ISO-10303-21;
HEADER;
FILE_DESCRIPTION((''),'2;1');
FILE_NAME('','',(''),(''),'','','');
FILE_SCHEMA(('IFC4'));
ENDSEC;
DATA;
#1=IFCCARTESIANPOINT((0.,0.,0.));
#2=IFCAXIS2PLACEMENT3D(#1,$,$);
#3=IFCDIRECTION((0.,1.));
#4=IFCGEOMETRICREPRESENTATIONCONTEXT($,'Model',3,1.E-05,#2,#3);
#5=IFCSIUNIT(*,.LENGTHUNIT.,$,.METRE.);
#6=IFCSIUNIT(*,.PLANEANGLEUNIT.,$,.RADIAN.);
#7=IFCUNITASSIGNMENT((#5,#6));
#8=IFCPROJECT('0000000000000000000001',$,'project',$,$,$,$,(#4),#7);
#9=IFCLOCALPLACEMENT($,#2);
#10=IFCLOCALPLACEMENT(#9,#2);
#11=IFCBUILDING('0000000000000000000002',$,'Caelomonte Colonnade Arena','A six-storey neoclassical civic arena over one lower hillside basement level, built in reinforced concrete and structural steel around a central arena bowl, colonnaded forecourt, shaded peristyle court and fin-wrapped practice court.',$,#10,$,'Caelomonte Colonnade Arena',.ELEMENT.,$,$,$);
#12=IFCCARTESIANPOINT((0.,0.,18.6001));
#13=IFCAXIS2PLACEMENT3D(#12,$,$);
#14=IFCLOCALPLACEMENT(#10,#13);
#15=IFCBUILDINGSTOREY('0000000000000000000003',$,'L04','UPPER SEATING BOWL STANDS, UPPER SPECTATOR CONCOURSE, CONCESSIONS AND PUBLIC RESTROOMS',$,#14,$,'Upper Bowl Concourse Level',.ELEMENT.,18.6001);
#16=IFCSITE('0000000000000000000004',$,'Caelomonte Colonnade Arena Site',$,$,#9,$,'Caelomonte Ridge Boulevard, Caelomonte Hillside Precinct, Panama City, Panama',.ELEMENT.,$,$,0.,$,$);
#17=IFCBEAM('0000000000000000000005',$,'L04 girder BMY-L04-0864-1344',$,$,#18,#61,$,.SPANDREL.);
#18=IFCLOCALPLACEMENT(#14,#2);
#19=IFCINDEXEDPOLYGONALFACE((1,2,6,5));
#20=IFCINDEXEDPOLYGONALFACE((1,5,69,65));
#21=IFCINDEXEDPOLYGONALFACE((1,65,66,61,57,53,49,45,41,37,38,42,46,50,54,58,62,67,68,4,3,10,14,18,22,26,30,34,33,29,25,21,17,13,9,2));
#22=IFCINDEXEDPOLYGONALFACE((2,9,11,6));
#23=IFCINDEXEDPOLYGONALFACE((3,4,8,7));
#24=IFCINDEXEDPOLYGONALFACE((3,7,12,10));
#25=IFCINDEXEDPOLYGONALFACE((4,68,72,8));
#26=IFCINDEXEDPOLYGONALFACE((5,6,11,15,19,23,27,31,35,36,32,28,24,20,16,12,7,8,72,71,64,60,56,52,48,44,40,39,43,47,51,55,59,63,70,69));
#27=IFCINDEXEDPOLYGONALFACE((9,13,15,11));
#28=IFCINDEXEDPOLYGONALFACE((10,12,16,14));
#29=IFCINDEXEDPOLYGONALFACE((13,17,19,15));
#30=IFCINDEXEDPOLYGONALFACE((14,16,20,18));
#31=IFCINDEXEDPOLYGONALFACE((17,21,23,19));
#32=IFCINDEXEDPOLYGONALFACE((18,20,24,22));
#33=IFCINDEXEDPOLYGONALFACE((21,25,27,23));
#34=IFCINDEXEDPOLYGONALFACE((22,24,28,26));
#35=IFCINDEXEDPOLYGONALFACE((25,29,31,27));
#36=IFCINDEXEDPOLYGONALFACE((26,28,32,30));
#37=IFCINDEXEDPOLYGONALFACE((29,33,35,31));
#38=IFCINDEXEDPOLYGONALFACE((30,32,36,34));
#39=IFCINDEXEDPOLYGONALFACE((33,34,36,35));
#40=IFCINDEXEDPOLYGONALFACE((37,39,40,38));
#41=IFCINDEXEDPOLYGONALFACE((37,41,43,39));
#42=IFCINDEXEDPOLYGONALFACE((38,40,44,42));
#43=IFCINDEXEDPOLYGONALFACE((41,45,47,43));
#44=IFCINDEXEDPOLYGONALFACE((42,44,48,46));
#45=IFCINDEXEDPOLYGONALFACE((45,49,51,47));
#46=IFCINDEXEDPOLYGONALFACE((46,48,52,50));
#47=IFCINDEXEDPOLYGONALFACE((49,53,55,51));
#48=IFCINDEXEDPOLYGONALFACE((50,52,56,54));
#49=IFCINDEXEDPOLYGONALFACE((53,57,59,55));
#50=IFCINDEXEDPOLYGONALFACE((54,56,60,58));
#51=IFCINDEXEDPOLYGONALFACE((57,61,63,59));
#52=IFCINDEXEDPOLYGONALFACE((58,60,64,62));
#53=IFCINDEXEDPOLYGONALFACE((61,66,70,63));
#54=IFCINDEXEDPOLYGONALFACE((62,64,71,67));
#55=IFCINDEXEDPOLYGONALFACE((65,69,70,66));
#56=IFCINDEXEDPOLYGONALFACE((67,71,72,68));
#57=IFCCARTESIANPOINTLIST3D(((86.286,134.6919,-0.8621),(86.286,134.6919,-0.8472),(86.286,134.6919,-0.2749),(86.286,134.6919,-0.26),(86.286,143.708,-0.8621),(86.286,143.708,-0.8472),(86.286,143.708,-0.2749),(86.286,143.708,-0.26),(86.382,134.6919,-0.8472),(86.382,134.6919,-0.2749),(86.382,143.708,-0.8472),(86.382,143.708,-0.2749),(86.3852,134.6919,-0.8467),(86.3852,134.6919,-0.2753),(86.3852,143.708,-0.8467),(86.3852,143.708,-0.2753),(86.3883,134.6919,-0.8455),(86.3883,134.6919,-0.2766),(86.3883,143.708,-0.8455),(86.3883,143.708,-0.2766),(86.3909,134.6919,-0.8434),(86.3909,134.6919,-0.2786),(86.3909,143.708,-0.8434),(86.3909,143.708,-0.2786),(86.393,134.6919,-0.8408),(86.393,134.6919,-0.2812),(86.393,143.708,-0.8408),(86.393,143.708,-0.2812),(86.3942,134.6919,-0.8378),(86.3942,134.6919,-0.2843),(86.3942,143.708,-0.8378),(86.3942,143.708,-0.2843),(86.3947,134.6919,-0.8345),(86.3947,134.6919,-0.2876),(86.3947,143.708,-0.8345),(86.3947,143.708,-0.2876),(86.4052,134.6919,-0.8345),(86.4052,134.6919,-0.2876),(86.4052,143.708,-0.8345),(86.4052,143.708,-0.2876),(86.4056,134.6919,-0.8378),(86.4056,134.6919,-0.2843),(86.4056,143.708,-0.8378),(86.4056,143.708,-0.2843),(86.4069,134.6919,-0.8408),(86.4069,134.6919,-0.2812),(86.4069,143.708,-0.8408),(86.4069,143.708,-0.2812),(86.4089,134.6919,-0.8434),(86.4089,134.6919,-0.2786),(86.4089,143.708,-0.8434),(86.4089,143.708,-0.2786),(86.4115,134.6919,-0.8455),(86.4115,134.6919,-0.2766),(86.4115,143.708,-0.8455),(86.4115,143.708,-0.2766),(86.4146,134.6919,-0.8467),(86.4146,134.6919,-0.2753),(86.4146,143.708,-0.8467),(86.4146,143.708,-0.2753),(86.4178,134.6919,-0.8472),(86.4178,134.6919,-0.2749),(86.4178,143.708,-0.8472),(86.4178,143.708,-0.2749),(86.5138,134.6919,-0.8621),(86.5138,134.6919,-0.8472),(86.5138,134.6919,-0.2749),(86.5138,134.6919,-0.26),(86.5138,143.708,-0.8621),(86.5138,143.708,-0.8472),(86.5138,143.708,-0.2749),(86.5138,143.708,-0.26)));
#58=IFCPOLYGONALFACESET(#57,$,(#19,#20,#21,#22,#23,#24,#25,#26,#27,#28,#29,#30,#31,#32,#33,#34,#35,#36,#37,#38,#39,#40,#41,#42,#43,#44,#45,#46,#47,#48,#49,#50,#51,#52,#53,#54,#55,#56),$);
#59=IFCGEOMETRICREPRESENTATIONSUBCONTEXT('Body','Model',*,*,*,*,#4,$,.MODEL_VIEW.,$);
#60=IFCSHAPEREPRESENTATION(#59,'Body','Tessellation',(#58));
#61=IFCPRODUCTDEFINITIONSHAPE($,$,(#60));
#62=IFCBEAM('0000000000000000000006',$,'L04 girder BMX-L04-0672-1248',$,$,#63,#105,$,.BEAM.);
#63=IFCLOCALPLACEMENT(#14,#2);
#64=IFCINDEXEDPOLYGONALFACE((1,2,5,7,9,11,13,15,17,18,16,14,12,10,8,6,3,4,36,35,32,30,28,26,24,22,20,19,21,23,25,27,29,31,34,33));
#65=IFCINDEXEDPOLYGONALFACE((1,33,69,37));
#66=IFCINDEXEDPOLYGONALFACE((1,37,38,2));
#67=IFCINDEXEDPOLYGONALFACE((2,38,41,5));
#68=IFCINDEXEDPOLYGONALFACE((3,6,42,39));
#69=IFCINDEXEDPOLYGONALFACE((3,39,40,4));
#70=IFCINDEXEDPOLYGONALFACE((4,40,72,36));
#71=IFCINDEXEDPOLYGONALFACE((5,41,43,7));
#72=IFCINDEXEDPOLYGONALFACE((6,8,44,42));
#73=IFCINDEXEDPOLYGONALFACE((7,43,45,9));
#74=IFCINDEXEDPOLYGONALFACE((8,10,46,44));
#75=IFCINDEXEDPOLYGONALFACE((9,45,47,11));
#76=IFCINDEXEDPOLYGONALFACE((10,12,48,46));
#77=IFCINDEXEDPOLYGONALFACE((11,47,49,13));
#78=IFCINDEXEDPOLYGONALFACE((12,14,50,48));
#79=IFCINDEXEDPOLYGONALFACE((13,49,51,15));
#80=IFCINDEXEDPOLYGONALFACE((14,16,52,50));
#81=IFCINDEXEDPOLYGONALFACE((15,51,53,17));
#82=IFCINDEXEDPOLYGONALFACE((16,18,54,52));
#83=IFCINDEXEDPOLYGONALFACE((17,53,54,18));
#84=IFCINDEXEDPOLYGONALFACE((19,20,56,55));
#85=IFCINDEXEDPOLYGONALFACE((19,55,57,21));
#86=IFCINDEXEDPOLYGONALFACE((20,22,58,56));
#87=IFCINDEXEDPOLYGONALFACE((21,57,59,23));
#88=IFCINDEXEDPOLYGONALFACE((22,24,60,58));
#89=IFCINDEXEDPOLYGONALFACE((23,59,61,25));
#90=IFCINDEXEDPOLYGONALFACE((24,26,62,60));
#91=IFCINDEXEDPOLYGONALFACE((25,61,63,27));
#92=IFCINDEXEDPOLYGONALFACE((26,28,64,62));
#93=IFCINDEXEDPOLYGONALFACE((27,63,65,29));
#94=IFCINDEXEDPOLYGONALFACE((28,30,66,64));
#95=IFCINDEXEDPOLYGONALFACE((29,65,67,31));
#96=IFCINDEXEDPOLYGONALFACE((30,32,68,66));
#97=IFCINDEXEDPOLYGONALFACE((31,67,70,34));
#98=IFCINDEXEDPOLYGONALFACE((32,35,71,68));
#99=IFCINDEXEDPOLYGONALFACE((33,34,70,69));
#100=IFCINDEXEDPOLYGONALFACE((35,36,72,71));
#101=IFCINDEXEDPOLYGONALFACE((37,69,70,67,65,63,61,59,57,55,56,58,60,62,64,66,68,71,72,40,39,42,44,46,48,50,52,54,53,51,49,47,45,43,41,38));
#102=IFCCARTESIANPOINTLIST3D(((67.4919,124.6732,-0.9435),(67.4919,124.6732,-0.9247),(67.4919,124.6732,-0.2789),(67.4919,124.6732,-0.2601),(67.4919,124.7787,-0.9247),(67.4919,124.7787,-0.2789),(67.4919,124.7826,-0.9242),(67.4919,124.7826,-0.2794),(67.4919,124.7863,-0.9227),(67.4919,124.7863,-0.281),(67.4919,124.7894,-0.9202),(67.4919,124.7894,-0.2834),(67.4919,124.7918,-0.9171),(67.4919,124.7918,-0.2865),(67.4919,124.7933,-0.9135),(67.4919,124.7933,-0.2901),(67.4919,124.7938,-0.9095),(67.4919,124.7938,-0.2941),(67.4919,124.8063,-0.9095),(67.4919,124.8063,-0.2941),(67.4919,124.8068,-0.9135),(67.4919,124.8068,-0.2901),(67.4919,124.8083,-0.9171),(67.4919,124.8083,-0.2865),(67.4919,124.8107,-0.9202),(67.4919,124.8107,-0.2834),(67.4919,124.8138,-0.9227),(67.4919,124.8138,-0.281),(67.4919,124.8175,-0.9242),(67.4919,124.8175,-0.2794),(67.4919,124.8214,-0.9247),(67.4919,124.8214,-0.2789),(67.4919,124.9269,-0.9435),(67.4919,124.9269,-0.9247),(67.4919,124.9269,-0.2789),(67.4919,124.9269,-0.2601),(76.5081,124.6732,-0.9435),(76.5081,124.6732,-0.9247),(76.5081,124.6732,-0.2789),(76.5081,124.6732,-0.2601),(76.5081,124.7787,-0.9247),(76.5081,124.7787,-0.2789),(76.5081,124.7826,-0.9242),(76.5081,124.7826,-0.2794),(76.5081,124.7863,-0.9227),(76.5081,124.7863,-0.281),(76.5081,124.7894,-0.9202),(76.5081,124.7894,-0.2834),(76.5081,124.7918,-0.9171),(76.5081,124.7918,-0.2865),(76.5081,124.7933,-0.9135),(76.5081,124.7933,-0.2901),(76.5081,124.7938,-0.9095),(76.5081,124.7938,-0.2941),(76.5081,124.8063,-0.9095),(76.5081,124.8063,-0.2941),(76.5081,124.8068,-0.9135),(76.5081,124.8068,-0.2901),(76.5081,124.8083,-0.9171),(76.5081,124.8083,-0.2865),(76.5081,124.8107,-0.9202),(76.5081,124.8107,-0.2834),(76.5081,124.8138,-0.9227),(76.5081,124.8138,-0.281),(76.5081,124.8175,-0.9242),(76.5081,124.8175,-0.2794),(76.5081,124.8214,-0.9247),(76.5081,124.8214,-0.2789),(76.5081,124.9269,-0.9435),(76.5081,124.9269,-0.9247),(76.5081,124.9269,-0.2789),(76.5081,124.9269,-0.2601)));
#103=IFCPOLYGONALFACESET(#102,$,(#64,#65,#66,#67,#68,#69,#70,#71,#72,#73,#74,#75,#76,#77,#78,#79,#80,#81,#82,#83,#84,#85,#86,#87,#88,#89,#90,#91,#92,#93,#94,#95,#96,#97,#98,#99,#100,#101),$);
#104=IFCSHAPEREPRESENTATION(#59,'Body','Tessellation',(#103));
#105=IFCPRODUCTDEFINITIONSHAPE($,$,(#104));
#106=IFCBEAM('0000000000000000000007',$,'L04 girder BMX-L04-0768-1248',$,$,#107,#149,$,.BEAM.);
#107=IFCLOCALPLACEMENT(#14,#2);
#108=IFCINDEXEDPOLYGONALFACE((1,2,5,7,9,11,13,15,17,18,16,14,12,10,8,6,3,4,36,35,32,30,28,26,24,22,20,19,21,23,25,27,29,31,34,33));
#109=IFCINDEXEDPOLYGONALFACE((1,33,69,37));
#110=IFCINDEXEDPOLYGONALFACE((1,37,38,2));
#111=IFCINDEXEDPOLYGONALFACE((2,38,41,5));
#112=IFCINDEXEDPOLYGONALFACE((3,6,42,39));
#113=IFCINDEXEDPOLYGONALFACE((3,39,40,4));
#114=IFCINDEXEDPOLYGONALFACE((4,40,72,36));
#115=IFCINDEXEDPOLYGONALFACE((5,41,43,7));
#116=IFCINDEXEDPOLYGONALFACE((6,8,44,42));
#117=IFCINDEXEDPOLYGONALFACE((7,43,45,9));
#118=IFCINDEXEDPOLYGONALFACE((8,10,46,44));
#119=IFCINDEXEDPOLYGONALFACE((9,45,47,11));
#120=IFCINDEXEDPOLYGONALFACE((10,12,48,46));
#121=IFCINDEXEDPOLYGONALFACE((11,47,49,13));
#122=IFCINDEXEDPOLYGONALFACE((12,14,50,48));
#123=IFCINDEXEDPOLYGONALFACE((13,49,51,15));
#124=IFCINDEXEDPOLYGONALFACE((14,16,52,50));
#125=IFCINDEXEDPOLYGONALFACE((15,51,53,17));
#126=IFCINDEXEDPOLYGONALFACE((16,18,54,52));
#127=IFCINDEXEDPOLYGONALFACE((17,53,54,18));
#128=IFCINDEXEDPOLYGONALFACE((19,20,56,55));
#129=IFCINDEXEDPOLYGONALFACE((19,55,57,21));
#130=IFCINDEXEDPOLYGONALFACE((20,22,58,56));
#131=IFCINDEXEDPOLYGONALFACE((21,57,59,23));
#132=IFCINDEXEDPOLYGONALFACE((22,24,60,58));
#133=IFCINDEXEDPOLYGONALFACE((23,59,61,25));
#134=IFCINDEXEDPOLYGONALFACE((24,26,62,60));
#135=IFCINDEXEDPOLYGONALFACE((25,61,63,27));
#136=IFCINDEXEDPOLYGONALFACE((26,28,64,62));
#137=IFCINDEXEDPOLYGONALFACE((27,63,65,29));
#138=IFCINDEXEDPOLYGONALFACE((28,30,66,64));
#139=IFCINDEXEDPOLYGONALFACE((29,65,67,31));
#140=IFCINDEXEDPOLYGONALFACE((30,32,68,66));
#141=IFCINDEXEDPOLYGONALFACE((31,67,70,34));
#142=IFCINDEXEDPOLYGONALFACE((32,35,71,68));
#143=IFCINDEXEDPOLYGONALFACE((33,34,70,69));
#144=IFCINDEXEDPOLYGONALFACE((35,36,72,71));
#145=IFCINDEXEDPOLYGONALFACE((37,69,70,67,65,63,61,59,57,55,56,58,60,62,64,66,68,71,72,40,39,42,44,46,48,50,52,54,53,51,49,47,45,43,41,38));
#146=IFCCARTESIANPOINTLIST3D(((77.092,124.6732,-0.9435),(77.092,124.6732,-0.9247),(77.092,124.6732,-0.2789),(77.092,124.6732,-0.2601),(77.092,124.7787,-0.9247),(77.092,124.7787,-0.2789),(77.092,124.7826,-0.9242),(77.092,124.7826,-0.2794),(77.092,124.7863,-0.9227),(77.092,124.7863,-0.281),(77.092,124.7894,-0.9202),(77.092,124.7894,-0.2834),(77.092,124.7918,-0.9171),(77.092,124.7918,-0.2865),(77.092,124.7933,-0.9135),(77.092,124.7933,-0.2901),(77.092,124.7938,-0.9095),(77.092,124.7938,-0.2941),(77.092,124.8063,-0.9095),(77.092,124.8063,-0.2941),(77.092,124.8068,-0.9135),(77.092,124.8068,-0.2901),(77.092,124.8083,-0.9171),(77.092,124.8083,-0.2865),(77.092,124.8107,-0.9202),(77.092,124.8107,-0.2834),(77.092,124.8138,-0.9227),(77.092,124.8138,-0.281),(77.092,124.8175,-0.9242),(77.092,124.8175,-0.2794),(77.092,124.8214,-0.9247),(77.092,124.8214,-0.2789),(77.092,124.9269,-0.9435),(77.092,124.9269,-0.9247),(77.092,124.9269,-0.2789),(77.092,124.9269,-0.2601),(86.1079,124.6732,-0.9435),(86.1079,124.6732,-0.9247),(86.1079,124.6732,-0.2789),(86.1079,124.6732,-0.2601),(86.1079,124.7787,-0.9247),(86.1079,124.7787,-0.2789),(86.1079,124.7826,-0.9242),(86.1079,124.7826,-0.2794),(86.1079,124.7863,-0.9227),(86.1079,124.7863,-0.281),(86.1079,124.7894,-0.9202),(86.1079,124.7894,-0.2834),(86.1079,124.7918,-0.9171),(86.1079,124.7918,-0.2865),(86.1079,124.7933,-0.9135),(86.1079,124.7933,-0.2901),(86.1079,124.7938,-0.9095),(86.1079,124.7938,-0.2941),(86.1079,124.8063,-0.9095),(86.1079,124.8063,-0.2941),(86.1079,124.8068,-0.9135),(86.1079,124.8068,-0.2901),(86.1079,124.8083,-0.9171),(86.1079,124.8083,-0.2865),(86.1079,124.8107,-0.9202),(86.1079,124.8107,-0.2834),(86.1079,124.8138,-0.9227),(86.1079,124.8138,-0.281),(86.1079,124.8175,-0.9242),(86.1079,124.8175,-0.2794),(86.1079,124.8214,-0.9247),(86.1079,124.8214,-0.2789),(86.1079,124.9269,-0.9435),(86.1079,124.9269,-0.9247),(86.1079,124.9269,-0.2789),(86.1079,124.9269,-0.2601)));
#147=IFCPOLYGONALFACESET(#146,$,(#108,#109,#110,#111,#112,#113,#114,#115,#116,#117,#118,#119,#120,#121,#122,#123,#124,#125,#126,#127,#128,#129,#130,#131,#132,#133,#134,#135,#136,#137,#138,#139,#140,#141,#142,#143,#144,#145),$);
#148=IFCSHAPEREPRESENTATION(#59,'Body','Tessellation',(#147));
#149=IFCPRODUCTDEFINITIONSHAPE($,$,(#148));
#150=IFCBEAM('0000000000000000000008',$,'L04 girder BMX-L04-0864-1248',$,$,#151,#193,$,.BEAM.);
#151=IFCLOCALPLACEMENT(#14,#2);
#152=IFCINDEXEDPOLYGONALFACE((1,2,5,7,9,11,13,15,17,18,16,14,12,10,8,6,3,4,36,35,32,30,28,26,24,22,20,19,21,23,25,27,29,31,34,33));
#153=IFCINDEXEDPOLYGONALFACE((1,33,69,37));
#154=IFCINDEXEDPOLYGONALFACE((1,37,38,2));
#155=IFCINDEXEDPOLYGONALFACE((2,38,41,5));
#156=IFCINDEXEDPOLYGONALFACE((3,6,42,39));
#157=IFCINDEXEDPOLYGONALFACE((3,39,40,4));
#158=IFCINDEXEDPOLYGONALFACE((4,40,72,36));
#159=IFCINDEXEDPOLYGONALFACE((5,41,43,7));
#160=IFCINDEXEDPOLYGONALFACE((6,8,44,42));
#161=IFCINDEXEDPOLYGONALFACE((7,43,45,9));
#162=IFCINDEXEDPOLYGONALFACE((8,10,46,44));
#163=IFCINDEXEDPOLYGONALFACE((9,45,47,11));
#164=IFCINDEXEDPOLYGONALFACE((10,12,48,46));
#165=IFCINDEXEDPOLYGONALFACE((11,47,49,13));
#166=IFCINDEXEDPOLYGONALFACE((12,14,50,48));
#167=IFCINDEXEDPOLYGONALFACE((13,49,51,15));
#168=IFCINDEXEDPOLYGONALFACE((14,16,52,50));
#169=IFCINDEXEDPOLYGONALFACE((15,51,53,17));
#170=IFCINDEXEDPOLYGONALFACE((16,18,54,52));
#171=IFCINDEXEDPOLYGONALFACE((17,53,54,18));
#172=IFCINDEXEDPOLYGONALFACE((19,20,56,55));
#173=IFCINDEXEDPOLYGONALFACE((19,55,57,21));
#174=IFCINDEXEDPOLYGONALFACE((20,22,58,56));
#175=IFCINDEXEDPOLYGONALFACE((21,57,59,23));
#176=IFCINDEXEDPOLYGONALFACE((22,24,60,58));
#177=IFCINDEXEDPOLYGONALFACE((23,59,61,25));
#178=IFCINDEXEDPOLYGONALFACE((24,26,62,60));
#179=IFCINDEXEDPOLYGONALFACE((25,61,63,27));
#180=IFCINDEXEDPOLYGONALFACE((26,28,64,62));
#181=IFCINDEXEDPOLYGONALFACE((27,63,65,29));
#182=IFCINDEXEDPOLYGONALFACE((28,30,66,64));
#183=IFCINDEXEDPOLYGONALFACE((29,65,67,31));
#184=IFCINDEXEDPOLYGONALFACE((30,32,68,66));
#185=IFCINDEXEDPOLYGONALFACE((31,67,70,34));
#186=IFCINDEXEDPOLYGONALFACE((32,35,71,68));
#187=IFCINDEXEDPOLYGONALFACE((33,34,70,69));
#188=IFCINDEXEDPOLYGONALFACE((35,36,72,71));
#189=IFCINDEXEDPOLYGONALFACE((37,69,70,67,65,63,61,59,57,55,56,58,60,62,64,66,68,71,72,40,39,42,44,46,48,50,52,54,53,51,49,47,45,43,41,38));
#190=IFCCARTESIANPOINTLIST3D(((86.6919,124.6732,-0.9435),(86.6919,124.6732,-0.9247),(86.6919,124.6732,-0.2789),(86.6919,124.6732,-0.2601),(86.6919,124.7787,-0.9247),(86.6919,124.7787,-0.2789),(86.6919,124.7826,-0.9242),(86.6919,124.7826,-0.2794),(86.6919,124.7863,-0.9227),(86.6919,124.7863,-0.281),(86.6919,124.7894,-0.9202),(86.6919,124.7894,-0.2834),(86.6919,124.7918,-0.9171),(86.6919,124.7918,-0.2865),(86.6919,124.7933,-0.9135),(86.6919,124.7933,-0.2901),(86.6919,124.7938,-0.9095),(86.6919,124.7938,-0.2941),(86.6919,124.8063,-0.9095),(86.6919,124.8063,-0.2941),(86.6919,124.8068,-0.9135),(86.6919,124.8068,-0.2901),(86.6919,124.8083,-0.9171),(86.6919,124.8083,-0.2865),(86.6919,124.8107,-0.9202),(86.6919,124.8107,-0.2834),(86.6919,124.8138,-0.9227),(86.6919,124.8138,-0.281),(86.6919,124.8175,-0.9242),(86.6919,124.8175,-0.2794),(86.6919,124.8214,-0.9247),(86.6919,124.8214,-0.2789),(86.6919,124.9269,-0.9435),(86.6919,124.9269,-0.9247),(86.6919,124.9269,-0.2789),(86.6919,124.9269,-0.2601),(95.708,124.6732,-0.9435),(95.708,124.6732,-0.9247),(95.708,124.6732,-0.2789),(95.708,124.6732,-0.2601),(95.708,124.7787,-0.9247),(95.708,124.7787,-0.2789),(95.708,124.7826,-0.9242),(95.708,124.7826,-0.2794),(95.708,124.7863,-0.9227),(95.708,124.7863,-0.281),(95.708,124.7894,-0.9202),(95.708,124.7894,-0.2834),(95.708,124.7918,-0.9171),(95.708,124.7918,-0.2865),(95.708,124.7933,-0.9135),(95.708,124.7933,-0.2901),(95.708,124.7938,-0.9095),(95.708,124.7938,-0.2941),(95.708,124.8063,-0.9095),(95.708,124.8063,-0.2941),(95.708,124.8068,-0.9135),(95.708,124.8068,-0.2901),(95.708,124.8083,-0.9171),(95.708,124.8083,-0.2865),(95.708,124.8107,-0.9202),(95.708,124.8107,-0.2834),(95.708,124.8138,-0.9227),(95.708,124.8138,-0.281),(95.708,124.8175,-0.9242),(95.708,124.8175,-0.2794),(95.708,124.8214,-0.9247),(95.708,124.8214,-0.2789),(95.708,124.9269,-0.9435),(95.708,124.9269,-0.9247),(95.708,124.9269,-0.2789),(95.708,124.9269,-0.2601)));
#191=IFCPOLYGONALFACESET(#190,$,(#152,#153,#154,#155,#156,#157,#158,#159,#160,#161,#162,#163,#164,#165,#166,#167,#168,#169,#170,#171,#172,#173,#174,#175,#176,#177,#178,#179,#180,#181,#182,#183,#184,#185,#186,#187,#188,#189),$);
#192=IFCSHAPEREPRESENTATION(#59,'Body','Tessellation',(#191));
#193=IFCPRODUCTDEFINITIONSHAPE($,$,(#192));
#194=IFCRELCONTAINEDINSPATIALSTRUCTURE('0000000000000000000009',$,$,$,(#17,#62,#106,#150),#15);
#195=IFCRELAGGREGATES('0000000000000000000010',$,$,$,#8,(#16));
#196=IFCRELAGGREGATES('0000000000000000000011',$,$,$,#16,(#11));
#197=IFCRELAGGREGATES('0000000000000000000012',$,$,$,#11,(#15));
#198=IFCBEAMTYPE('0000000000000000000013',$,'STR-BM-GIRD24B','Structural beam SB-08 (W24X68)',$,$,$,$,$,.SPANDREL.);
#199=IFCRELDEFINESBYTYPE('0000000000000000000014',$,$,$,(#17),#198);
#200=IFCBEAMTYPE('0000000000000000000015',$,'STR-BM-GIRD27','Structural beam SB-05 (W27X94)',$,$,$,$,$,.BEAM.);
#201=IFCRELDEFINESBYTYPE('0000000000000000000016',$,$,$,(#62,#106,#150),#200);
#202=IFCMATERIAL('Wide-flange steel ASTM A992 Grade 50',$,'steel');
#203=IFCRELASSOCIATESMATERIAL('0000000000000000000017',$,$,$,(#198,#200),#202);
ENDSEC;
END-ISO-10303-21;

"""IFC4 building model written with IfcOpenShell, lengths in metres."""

from ifc_helpers import new_model, si_unit, direction, frame, origin, origin_2d, place, context, subcontext, project, spatial, i_section, extrude, material, material_profile, profile_set, type_object, element, save


model = new_model("IFC4")

# Units and contexts
model_context = context("Model", 3, precision=1e-05, world=origin(), true_north=direction((0.0, 1.0)))
body_context = subcontext(model_context, "Body", "Model", "MODEL_VIEW")
ifc_project = project(units=[si_unit("LENGTHUNIT", "METRE"), si_unit("PLANEANGLEUNIT", "RADIAN")], contexts=[model_context])

# Site, building, storey
site_placement = place(None, origin())
site = spatial("IfcSite", under=ifc_project, at=site_placement, Name="Caelomonte Colonnade Arena Site", LongName="Caelomonte Ridge Boulevard, Caelomonte Hillside Precinct, Panama City, Panama", CompositionType="ELEMENT", RefElevation=0.0)
building_placement = place(site_placement, origin())
building = spatial("IfcBuilding", under=site, at=building_placement, Name="Caelomonte Colonnade Arena", Description="A six-storey neoclassical civic arena over one lower hillside basement level, built in reinforced concrete and structural steel around a central arena bowl, colonnaded forecourt, shaded peristyle court and fin-wrapped practice court.", LongName="Caelomonte Colonnade Arena", CompositionType="ELEMENT")
storey_placement = place(building_placement, frame((0.0, 0.0, 18.6001)))
storey = spatial("IfcBuildingStorey", under=building, at=storey_placement, Name="L04", Description="UPPER SEATING BOWL STANDS, UPPER SPECTATOR CONCOURSE, CONCESSIONS AND PUBLIC RESTROOMS", LongName="Upper Bowl Concourse Level", CompositionType="ELEMENT", Elevation=18.6001)

# Beams
ifc_material_1 = material(Name="Wide-flange steel ASTM A992 Grade 50", Category="steel")
ifc_material_profile_1 = material_profile(ifc_material_1, i_section(OverallWidth=0.2278, OverallDepth=0.6021, WebThickness=0.0105, FlangeThickness=0.0149, FilletRadius=0.0127, at=origin_2d()), Name="W24X68")
ifc_profile_set_1 = profile_set([ifc_material_profile_1], Name="Wide-flange steel ASTM A992 Grade 50")
beam_type_1 = type_object("IfcBeamType", Name="STR-BM-GIRD24B", Description="Structural beam SB-08 (W24X68)", PredefinedType="SPANDREL", material=ifc_profile_set_1)
beam_1_placement = place(storey_placement, frame((86.3999, 134.6919, -0.561), z_axis=(0.0, 1.0, 0.0), x_axis=(-1.0, 0.0, 0.0)))
element("IfcBeam", 1, at=beam_1_placement, inside=storey, type_object=beam_type_1, Name="L04 girder BMY-L04-0864-1344", PredefinedType="SPANDREL", context=body_context, shape_type="SweptSolid", body=[
    extrude(i_section(OverallWidth=0.2278, OverallDepth=0.6021, WebThickness=0.0105, FlangeThickness=0.0149, FilletRadius=0.0127, at=origin_2d()), origin(), (0.0, 0.0, 1.0), 9.0161),
])
ifc_material_profile_2 = material_profile(ifc_material_1, i_section(OverallWidth=0.2537, OverallDepth=0.6833, WebThickness=0.0125, FlangeThickness=0.0188, FilletRadius=0.0151, at=origin_2d()), Name="W27X94")
ifc_profile_set_2 = profile_set([ifc_material_profile_2], Name="Wide-flange steel ASTM A992 Grade 50")
beam_type_2 = type_object("IfcBeamType", Name="STR-BM-GIRD27", Description="Structural beam SB-05 (W27X94)", PredefinedType="BEAM", material=ifc_profile_set_2)
beam_2_placement = place(storey_placement, frame((67.4919, 124.8, -0.6018), z_axis=(1.0, 0.0, 0.0), x_axis=(0.0, 1.0, 0.0)))
element("IfcBeam", 2, at=beam_2_placement, inside=storey, type_object=beam_type_2, Name="L04 girder BMX-L04-0672-1248", PredefinedType="BEAM", context=body_context, shape_type="SweptSolid", body=[
    extrude(i_section(OverallWidth=0.2537, OverallDepth=0.6833, WebThickness=0.0125, FlangeThickness=0.0188, FilletRadius=0.0151, at=origin_2d()), origin(), (0.0, 0.0, 1.0), 9.0161),
])
beam_3_placement = place(storey_placement, frame((77.092, 124.8, -0.6018), z_axis=(1.0, 0.0, 0.0), x_axis=(0.0, 1.0, 0.0)))
element("IfcBeam", 3, at=beam_3_placement, inside=storey, type_object=beam_type_2, Name="L04 girder BMX-L04-0768-1248", PredefinedType="BEAM", context=body_context, shape_type="SweptSolid", body=[
    extrude(i_section(OverallWidth=0.2537, OverallDepth=0.6833, WebThickness=0.0125, FlangeThickness=0.0188, FilletRadius=0.0151, at=origin_2d()), origin(), (0.0, 0.0, 1.0), 9.0159),
])
for number, where, z_axis, x_axis, name in (
    (4, (86.6919, 124.8, -0.6018), (1.0, 0.0, 0.0), (0.0, 1.0, 0.0), "L04 girder BMX-L04-0864-1248"),
):
    element("IfcBeam", number, at=place(storey_placement, frame(where, z_axis=z_axis, x_axis=x_axis)), inside=storey, type_object=beam_type_2, Name=name, PredefinedType="BEAM", context=body_context, shape_type="SweptSolid", body=[
        extrude(i_section(OverallWidth=0.2537, OverallDepth=0.6833, WebThickness=0.0125, FlangeThickness=0.0188, FilletRadius=0.0151, at=origin_2d()), origin(), (0.0, 0.0, 1.0), 9.0161),
    ])

save(model, "model.ifc")
